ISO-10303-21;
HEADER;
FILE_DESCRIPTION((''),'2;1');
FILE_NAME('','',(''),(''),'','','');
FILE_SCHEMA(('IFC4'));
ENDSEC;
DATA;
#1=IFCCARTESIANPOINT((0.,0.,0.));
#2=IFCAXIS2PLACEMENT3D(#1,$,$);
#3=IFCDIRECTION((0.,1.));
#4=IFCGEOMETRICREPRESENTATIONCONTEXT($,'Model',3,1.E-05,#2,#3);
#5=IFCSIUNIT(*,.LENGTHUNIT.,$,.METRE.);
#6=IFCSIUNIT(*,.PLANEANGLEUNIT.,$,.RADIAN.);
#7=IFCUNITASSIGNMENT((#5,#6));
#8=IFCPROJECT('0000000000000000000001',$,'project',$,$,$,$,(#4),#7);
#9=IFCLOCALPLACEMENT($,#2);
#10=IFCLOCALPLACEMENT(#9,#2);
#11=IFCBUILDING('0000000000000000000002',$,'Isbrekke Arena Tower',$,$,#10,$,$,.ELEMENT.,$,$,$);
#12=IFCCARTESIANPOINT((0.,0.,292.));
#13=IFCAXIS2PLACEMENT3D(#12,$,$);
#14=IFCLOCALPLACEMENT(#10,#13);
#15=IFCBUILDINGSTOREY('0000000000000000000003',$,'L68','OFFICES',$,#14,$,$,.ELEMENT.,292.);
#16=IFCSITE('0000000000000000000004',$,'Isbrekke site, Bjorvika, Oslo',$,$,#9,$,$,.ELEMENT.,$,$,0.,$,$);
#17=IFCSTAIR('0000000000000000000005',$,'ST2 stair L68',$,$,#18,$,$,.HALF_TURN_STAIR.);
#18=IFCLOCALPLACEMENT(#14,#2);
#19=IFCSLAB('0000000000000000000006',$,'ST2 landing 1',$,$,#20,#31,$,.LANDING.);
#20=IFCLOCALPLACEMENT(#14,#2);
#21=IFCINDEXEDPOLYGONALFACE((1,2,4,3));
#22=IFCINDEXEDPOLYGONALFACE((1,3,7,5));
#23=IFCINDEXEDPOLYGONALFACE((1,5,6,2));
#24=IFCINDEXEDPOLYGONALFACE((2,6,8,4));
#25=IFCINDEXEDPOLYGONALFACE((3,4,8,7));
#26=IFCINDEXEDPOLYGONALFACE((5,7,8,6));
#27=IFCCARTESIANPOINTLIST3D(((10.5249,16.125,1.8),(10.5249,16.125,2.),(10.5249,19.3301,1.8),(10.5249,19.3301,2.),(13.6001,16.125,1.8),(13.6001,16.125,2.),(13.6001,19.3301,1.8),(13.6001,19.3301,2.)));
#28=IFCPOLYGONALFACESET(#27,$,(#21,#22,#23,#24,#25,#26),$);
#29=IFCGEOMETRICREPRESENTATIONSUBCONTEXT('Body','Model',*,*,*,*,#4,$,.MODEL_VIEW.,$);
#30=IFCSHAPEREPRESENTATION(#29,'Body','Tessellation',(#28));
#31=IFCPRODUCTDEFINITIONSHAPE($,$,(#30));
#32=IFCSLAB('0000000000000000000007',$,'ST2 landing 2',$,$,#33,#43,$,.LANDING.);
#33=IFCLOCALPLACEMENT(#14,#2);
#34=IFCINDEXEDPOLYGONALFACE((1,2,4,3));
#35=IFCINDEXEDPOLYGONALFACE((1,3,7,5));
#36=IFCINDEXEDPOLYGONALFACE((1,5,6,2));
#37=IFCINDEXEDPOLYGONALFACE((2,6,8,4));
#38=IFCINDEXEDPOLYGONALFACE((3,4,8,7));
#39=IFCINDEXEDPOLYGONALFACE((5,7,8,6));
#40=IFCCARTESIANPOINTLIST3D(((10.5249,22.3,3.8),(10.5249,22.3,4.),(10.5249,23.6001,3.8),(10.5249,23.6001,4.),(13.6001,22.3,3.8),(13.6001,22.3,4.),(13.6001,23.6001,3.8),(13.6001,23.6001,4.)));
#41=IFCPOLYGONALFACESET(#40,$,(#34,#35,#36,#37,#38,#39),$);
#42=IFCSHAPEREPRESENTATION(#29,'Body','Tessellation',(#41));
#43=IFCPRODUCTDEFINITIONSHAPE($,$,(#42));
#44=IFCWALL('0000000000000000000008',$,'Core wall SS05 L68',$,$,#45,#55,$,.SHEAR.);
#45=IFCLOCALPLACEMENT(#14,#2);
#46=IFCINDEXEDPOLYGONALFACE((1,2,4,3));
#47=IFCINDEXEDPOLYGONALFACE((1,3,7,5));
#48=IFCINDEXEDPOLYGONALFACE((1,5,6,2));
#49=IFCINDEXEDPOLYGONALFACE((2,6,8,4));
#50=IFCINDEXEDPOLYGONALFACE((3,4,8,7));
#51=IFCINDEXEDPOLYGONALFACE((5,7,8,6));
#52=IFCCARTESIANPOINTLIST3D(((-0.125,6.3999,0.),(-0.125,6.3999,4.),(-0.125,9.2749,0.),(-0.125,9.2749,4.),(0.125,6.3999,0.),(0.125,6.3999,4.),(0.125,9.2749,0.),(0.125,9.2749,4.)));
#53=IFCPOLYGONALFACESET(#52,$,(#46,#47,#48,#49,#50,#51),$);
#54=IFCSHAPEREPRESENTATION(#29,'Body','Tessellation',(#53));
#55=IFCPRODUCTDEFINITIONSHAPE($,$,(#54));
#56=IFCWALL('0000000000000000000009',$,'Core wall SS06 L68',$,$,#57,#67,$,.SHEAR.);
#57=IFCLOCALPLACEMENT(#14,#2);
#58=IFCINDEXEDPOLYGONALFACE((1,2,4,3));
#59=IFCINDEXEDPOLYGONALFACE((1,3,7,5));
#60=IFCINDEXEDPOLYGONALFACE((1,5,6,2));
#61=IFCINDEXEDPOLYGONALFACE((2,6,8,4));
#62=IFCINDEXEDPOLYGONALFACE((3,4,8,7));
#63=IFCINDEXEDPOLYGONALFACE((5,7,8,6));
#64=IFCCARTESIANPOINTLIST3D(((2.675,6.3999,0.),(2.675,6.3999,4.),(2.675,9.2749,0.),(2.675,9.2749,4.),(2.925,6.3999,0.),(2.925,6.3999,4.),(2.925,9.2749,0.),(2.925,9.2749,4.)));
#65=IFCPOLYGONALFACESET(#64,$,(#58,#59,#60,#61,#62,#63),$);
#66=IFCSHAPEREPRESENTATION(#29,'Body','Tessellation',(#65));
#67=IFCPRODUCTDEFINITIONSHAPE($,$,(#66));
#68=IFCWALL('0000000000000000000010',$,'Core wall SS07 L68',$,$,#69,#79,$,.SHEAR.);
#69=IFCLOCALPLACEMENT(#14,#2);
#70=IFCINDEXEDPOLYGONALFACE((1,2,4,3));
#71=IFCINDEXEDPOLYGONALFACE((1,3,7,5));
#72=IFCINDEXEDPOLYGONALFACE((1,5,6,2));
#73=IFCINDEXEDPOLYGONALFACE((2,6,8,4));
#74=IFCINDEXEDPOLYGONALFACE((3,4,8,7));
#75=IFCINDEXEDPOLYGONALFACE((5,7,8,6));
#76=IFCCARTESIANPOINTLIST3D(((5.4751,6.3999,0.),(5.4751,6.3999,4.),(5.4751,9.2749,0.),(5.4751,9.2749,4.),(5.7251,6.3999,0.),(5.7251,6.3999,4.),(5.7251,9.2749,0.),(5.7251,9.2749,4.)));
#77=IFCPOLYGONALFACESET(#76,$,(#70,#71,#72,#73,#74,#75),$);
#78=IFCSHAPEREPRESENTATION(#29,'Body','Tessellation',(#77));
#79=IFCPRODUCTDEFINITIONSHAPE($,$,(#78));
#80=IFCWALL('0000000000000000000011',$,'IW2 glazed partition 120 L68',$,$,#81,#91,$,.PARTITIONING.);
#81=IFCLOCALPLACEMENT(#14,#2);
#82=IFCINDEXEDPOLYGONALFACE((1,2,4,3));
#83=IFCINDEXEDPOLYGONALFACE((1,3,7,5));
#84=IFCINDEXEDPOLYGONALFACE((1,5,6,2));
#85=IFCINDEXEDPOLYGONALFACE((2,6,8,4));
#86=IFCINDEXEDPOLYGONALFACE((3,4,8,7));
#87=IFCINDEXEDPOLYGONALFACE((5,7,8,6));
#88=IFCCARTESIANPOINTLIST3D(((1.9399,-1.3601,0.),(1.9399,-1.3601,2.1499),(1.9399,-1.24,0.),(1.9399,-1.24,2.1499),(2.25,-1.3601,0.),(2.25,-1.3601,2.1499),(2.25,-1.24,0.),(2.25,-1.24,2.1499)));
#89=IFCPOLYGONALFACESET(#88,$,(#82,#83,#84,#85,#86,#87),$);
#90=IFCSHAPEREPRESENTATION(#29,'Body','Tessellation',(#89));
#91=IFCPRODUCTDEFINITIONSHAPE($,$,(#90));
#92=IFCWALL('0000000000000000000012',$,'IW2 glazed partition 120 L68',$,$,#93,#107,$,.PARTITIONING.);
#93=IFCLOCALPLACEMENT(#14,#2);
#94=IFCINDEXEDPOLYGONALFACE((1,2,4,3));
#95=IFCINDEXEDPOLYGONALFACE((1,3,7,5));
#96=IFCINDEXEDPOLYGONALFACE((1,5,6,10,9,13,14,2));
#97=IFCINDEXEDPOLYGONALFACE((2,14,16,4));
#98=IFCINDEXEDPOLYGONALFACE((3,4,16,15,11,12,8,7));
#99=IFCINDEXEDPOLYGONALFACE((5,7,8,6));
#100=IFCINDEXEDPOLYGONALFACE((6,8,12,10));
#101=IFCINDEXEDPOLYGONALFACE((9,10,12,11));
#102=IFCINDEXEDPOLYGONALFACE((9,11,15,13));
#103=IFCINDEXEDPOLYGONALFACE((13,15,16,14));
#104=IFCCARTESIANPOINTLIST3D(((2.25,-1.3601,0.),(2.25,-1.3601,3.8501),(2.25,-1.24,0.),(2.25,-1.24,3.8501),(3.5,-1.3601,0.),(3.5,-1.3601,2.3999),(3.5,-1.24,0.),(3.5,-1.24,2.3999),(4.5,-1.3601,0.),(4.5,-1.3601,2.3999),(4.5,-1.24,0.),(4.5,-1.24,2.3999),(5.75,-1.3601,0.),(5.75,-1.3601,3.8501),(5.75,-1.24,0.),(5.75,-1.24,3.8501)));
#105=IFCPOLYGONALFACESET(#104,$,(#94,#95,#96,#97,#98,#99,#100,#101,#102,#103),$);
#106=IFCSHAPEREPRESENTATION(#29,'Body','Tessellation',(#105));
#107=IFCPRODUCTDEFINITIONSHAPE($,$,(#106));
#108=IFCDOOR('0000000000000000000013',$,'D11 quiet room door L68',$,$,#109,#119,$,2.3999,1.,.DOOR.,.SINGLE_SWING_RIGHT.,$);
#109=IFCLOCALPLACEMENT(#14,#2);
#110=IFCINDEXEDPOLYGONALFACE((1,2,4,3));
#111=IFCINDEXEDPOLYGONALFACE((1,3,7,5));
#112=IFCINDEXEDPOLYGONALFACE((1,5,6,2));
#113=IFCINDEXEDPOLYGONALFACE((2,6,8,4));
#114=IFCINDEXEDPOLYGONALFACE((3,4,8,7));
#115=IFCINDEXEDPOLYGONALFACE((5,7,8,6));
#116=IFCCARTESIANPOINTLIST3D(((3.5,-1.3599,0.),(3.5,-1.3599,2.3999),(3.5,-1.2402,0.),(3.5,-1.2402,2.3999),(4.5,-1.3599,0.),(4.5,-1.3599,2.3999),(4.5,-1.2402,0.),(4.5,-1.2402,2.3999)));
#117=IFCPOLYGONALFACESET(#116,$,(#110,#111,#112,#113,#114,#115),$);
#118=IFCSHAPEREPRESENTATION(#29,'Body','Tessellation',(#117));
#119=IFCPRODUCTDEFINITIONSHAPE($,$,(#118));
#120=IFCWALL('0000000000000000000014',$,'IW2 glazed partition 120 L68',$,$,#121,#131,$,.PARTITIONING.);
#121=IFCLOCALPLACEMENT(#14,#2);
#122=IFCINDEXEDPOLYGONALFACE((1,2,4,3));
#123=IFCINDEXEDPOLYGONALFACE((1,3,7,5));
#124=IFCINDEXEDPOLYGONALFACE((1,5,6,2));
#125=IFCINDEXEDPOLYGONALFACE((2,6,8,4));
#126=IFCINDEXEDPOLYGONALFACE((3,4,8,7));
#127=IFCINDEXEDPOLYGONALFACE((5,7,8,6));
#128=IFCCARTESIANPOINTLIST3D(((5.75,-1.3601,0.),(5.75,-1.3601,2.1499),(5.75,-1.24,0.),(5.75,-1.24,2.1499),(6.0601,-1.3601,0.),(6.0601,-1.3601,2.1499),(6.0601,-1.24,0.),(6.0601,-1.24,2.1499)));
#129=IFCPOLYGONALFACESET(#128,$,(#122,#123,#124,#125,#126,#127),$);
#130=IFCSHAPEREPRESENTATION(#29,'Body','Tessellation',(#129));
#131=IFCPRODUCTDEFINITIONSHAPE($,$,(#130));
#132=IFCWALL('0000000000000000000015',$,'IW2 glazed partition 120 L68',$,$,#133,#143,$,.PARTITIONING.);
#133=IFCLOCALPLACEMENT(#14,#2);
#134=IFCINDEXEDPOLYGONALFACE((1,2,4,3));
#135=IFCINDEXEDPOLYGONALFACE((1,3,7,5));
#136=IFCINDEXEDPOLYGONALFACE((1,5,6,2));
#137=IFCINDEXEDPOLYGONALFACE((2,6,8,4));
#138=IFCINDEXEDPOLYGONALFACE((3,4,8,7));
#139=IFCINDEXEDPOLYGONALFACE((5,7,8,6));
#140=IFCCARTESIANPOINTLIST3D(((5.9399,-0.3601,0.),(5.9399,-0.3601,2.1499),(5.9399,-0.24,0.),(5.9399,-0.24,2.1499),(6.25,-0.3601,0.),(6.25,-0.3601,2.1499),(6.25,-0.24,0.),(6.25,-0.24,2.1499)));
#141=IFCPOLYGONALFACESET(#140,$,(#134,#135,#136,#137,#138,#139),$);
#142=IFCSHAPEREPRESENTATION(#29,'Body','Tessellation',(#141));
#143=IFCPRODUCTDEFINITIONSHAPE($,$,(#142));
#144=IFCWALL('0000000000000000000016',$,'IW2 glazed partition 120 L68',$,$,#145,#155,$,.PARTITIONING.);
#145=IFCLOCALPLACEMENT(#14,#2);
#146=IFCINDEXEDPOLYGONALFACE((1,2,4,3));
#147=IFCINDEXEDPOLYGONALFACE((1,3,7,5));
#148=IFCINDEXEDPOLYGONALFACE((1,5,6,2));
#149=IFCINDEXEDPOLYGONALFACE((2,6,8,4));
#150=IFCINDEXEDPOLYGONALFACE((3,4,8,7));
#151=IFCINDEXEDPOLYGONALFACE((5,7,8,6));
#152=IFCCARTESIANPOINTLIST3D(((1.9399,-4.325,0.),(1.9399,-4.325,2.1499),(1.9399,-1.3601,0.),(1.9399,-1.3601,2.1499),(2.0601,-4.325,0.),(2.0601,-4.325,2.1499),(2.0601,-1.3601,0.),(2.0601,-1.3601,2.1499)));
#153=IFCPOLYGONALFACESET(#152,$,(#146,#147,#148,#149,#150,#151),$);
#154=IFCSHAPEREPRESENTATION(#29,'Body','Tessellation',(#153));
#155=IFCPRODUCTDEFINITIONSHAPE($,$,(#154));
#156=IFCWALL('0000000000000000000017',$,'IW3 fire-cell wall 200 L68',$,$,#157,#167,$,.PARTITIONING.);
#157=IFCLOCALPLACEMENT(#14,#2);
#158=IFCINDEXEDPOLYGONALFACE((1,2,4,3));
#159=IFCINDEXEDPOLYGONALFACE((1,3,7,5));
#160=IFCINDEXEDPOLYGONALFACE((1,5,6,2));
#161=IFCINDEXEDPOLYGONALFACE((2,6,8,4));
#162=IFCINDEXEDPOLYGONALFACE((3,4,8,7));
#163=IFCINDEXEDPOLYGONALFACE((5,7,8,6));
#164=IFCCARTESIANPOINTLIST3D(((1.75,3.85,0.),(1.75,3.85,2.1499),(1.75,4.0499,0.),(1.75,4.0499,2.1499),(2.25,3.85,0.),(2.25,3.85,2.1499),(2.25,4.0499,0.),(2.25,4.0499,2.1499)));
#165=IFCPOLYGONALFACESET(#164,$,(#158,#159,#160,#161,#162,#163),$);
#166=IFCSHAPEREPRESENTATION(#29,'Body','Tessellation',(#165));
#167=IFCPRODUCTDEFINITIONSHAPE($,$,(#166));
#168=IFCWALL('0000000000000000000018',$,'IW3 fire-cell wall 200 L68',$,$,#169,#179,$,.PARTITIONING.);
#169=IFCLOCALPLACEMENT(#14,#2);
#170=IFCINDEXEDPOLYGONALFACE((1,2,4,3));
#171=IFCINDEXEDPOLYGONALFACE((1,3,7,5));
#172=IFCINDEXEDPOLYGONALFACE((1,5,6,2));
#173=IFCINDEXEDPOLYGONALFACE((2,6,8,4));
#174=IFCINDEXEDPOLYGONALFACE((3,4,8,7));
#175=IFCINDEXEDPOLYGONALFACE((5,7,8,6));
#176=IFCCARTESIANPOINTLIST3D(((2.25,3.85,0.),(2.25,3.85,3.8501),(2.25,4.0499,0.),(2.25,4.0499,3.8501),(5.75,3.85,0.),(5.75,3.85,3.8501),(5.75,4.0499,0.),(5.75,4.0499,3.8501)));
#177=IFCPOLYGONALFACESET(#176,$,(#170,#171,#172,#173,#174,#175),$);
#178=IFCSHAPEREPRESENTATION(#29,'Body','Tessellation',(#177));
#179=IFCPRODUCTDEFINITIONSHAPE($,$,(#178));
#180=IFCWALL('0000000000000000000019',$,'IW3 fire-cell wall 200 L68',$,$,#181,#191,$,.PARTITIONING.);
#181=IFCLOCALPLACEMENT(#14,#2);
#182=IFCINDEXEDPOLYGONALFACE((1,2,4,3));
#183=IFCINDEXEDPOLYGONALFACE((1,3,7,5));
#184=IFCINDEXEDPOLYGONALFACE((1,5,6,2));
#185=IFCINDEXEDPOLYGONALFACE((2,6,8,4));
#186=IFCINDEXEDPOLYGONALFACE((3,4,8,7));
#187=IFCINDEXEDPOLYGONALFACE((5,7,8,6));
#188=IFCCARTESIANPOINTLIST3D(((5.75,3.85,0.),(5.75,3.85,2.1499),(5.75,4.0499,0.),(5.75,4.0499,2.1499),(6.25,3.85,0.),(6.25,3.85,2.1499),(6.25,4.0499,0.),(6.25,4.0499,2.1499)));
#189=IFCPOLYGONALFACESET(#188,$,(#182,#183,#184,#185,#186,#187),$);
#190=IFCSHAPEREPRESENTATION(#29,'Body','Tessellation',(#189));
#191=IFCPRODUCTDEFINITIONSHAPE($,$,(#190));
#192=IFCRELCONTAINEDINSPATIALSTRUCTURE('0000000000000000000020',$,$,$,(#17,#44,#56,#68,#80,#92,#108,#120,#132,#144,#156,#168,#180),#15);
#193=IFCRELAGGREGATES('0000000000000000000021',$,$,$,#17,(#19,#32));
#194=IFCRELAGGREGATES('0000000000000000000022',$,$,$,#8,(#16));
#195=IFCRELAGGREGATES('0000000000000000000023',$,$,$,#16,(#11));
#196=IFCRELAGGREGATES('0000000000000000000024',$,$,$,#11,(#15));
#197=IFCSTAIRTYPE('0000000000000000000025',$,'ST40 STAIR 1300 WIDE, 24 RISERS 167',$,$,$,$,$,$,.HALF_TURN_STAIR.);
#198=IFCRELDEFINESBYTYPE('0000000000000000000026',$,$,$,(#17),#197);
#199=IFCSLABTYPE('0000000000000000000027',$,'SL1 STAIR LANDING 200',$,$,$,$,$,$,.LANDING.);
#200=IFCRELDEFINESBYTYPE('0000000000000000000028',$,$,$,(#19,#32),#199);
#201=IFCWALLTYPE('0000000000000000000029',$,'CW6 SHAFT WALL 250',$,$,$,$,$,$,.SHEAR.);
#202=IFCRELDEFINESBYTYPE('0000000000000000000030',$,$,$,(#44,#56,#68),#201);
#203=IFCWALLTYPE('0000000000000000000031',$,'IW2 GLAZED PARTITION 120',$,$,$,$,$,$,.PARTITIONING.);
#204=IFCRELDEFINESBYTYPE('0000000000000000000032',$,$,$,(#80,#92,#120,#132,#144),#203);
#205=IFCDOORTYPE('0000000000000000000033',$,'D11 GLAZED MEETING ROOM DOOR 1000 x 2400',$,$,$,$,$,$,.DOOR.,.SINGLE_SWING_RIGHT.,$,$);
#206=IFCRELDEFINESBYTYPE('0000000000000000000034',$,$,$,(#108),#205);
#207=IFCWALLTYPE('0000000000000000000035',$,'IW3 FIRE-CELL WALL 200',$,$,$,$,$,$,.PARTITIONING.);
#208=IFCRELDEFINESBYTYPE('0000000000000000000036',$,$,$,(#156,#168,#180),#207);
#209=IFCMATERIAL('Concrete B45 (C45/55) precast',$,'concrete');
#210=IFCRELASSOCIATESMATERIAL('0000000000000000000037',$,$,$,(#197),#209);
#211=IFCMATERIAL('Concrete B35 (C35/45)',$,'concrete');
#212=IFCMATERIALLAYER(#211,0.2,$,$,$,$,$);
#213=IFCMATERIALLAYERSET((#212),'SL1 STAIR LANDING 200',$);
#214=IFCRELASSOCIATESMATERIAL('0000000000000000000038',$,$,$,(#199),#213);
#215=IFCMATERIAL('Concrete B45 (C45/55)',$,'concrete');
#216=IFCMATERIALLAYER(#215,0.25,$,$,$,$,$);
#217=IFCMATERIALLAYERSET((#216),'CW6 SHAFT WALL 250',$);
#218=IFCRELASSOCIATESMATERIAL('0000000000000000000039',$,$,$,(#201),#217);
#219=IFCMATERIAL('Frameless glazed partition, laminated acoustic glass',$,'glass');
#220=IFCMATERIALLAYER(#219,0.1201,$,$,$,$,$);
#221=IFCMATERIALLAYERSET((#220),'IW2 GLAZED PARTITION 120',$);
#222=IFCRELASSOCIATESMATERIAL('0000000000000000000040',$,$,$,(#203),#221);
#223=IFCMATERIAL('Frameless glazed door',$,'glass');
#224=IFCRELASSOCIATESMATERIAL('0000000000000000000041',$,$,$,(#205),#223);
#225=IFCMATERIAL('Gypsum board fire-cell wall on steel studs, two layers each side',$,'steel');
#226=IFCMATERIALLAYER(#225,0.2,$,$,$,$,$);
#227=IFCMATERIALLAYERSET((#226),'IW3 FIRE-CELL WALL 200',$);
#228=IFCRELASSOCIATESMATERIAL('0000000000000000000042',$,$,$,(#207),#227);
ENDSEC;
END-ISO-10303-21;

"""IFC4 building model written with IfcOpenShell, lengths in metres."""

from ifc_helpers import new_model, si_unit, direction, frame, frame_2d, origin, place, context, subcontext, project, spatial, polyline, rectangle, outline, extrude, material, layer, layer_set, type_object, element, fill, aggregate, save


model = new_model("IFC4")

# Units and contexts
model_context = context("Model", 3, precision=1e-05, world=origin(), true_north=direction((0.0, 1.0)))
body_context = subcontext(model_context, "Body", "Model", "MODEL_VIEW")
ifc_project = project(units=[si_unit("LENGTHUNIT", "METRE"), si_unit("PLANEANGLEUNIT", "RADIAN")], contexts=[model_context])

# Site, building, storey
site_placement = place(None, origin())
site = spatial("IfcSite", under=ifc_project, at=site_placement, Name="Isbrekke site, Bjorvika, Oslo", CompositionType="ELEMENT", RefElevation=0.0)
building_placement = place(site_placement, origin())
building = spatial("IfcBuilding", under=site, at=building_placement, Name="Isbrekke Arena Tower", CompositionType="ELEMENT")
storey_placement = place(building_placement, frame((0.0, 0.0, 292.0)))
storey = spatial("IfcBuildingStorey", under=building, at=storey_placement, Name="L68", Description="OFFICES", CompositionType="ELEMENT", Elevation=292.0)

# Stair, slabs
ifc_material_1 = material(Name="Concrete B45 (C45/55) precast", Category="concrete")
stair_type = type_object("IfcStairType", Name="ST40 STAIR 1300 WIDE, 24 RISERS 167", PredefinedType="HALF_TURN_STAIR", material=ifc_material_1)
ifc_material_2 = material(Name="Concrete B35 (C35/45)", Category="concrete")
ifc_layer_1 = layer(ifc_material_2, 0.2)
ifc_layer_set_1 = layer_set([ifc_layer_1], Name="SL1 STAIR LANDING 200")
slab_type_1 = type_object("IfcSlabType", Name="SL1 STAIR LANDING 200", PredefinedType="LANDING", material=ifc_layer_set_1)
stair_1_placement = place(storey_placement, origin())
stair_1 = element("IfcStair", 1, at=stair_1_placement, inside=storey, type_object=stair_type, Name="ST2 stair L68", PredefinedType="HALF_TURN_STAIR")
slab_1_placement = place(storey_placement, frame((0.0, 0.0, 1.8)))
slab_1 = element("IfcSlab", 2, at=slab_1_placement, type_object=slab_type_1, Name="ST2 landing 1", PredefinedType="LANDING", context=body_context, shape_type="SweptSolid", body=[
    extrude(outline(polyline([(10.5249, 16.125), (13.6001, 16.125), (13.6001, 19.3301), (10.5249, 19.3301), (10.5249, 16.125)])), origin(), (0.0, 0.0, 1.0), 0.2),
])
slab_2_placement = place(storey_placement, frame((0.0, 0.0, 3.8)))
slab_2 = element("IfcSlab", 3, at=slab_2_placement, type_object=slab_type_1, Name="ST2 landing 2", PredefinedType="LANDING", context=body_context, shape_type="SweptSolid", body=[
    extrude(outline(polyline([(10.5249, 22.3), (13.6001, 22.3), (13.6001, 23.6001), (10.5249, 23.6001), (10.5249, 22.3)])), origin(), (0.0, 0.0, 1.0), 0.2),
])
aggregate(stair_1, [slab_1, slab_2])

# Walls
ifc_material_3 = material(Name="Concrete B45 (C45/55)", Category="concrete")
ifc_layer_2 = layer(ifc_material_3, 0.25)
ifc_layer_set_2 = layer_set([ifc_layer_2], Name="CW6 SHAFT WALL 250")
wall_type_1 = type_object("IfcWallType", Name="CW6 SHAFT WALL 250", PredefinedType="SHEAR", material=ifc_layer_set_2)
for number, where, z_axis, x_axis, name in (
    (4, (0.0, 6.3999, 0.0), (0.0, 0.0, 1.0), (0.0, 1.0, 0.0), "Core wall SS05 L68"),
    (5, (2.8, 6.3999, 0.0), (0.0, 0.0, 1.0), (0.0, 1.0, 0.0), "Core wall SS06 L68"),
    (6, (5.6001, 6.3999, 0.0), (0.0, 0.0, 1.0), (0.0, 1.0, 0.0), "Core wall SS07 L68"),
):
    element("IfcWall", number, at=place(storey_placement, frame(where, z_axis=z_axis, x_axis=x_axis)), inside=storey, type_object=wall_type_1, Name=name, PredefinedType="SHEAR", context=body_context, shape_type="SweptSolid", body=[
        extrude(rectangle(XDim=2.875, YDim=0.25, at=frame_2d((1.4375, 0.0))), origin(), (0.0, 0.0, 1.0), 4.0),
    ])
ifc_material_4 = material(Name="Frameless glazed partition, laminated acoustic glass", Category="glass")
ifc_layer_3 = layer(ifc_material_4, 0.1201)
ifc_layer_set_3 = layer_set([ifc_layer_3], Name="IW2 GLAZED PARTITION 120")
wall_type_2 = type_object("IfcWallType", Name="IW2 GLAZED PARTITION 120", PredefinedType="PARTITIONING", material=ifc_layer_set_3)
wall_1_placement = place(storey_placement, frame((1.9399, -1.3, 0.0), z_axis=(0.0, 0.0, 1.0), x_axis=(1.0, 0.0, 0.0)))
element("IfcWall", 7, at=wall_1_placement, inside=storey, type_object=wall_type_2, Name="IW2 glazed partition 120 L68", PredefinedType="PARTITIONING", context=body_context, shape_type="SweptSolid", body=[
    extrude(rectangle(XDim=0.3101, YDim=0.1201, at=frame_2d((0.155, 0.0))), origin(), (0.0, 0.0, 1.0), 2.1499),
])

# Wall, opening, door
wall_2_placement = place(storey_placement, frame((2.25, -1.3, 0.0), z_axis=(0.0, 0.0, 1.0), x_axis=(1.0, 0.0, 0.0)))
wall_2 = element("IfcWall", 8, at=wall_2_placement, inside=storey, type_object=wall_type_2, Name="IW2 glazed partition 120 L68", PredefinedType="PARTITIONING", context=body_context, shape_type="SweptSolid", body=[
    extrude(rectangle(XDim=3.5, YDim=0.1201, at=frame_2d((1.75, 0.0))), origin(), (0.0, 0.0, 1.0), 3.8501),
])
opening_1_placement = place(wall_2_placement, frame((1.25, 0.0, 0.0)))
opening_1 = element("IfcOpeningElement", 9, at=opening_1_placement, cuts=wall_2, PredefinedType="OPENING", context=body_context, shape_type="SweptSolid", body=[
    extrude(rectangle(XDim=1.0, YDim=2.3999, at=frame_2d((0.5, 1.2))), frame((0.0, 0.075, 0.0), z_axis=(0.0, -1.0, 0.0), x_axis=(1.0, 0.0, 0.0)), (0.0, 0.0, 1.0), 0.1499),
])
ifc_material_5 = material(Name="Frameless glazed door", Category="glass")
door_type_1 = type_object("IfcDoorType", Name="D11 GLAZED MEETING ROOM DOOR 1000 x 2400", OperationType="SINGLE_SWING_RIGHT", PredefinedType="DOOR", material=ifc_material_5)
door_1_placement = place(opening_1_placement, origin())
door_1 = element("IfcDoor", 10, at=door_1_placement, inside=storey, type_object=door_type_1, Name="D11 quiet room door L68", OperationType="SINGLE_SWING_RIGHT", OverallHeight=2.3999, OverallWidth=1.0, PredefinedType="DOOR", context=body_context, shape_type="SweptSolid", body=[
    extrude(rectangle(XDim=1.0, YDim=2.3999, at=frame_2d((0.5, 1.2))), frame((0.0, 0.0598, 0.0), z_axis=(0.0, -1.0, 0.0), x_axis=(1.0, 0.0, 0.0)), (0.0, 0.0, 1.0), 0.1196),
])
fill(opening_1, door_1)

# Walls
for number, where, z_axis, x_axis, name in (
    (11, (5.75, -1.3, 0.0), (0.0, 0.0, 1.0), (1.0, 0.0, 0.0), "IW2 glazed partition 120 L68"),
    (12, (5.9399, -0.3, 0.0), (0.0, 0.0, 1.0), (1.0, 0.0, 0.0), "IW2 glazed partition 120 L68"),
):
    element("IfcWall", number, at=place(storey_placement, frame(where, z_axis=z_axis, x_axis=x_axis)), inside=storey, type_object=wall_type_2, Name=name, PredefinedType="PARTITIONING", context=body_context, shape_type="SweptSolid", body=[
        extrude(rectangle(XDim=0.3101, YDim=0.1201, at=frame_2d((0.155, 0.0))), origin(), (0.0, 0.0, 1.0), 2.1499),
    ])
wall_3_placement = place(storey_placement, frame((2.0, -4.325, 0.0), z_axis=(0.0, 0.0, 1.0), x_axis=(0.0, 1.0, 0.0)))
element("IfcWall", 13, at=wall_3_placement, inside=storey, type_object=wall_type_2, Name="IW2 glazed partition 120 L68", PredefinedType="PARTITIONING", context=body_context, shape_type="SweptSolid", body=[
    extrude(rectangle(XDim=2.9648, YDim=0.1201, at=frame_2d((1.4824, 0.0))), origin(), (0.0, 0.0, 1.0), 2.1499),
])
ifc_material_6 = material(Name="Gypsum board fire-cell wall on steel studs, two layers each side", Category="steel")
ifc_layer_4 = layer(ifc_material_6, 0.2)
ifc_layer_set_4 = layer_set([ifc_layer_4], Name="IW3 FIRE-CELL WALL 200")
wall_type_3 = type_object("IfcWallType", Name="IW3 FIRE-CELL WALL 200", PredefinedType="PARTITIONING", material=ifc_layer_set_4)
wall_4_placement = place(storey_placement, frame((1.75, 3.95, 0.0), z_axis=(0.0, 0.0, 1.0), x_axis=(1.0, 0.0, 0.0)))
element("IfcWall", 14, at=wall_4_placement, inside=storey, type_object=wall_type_3, Name="IW3 fire-cell wall 200 L68", PredefinedType="PARTITIONING", context=body_context, shape_type="SweptSolid", body=[
    extrude(rectangle(XDim=0.5, YDim=0.2, at=frame_2d((0.25, 0.0))), origin(), (0.0, 0.0, 1.0), 2.1499),
])
wall_5_placement = place(storey_placement, frame((2.25, 3.95, 0.0), z_axis=(0.0, 0.0, 1.0), x_axis=(1.0, 0.0, 0.0)))
element("IfcWall", 15, at=wall_5_placement, inside=storey, type_object=wall_type_3, Name="IW3 fire-cell wall 200 L68", PredefinedType="PARTITIONING", context=body_context, shape_type="SweptSolid", body=[
    extrude(rectangle(XDim=3.5, YDim=0.2, at=frame_2d((1.75, 0.0))), origin(), (0.0, 0.0, 1.0), 3.8501),
])
wall_6_placement = place(storey_placement, frame((5.75, 3.95, 0.0), z_axis=(0.0, 0.0, 1.0), x_axis=(1.0, 0.0, 0.0)))
element("IfcWall", 16, at=wall_6_placement, inside=storey, type_object=wall_type_3, Name="IW3 fire-cell wall 200 L68", PredefinedType="PARTITIONING", context=body_context, shape_type="SweptSolid", body=[
    extrude(rectangle(XDim=0.5, YDim=0.2, at=frame_2d((0.25, 0.0))), origin(), (0.0, 0.0, 1.0), 2.1499),
])

save(model, "model.ifc")
